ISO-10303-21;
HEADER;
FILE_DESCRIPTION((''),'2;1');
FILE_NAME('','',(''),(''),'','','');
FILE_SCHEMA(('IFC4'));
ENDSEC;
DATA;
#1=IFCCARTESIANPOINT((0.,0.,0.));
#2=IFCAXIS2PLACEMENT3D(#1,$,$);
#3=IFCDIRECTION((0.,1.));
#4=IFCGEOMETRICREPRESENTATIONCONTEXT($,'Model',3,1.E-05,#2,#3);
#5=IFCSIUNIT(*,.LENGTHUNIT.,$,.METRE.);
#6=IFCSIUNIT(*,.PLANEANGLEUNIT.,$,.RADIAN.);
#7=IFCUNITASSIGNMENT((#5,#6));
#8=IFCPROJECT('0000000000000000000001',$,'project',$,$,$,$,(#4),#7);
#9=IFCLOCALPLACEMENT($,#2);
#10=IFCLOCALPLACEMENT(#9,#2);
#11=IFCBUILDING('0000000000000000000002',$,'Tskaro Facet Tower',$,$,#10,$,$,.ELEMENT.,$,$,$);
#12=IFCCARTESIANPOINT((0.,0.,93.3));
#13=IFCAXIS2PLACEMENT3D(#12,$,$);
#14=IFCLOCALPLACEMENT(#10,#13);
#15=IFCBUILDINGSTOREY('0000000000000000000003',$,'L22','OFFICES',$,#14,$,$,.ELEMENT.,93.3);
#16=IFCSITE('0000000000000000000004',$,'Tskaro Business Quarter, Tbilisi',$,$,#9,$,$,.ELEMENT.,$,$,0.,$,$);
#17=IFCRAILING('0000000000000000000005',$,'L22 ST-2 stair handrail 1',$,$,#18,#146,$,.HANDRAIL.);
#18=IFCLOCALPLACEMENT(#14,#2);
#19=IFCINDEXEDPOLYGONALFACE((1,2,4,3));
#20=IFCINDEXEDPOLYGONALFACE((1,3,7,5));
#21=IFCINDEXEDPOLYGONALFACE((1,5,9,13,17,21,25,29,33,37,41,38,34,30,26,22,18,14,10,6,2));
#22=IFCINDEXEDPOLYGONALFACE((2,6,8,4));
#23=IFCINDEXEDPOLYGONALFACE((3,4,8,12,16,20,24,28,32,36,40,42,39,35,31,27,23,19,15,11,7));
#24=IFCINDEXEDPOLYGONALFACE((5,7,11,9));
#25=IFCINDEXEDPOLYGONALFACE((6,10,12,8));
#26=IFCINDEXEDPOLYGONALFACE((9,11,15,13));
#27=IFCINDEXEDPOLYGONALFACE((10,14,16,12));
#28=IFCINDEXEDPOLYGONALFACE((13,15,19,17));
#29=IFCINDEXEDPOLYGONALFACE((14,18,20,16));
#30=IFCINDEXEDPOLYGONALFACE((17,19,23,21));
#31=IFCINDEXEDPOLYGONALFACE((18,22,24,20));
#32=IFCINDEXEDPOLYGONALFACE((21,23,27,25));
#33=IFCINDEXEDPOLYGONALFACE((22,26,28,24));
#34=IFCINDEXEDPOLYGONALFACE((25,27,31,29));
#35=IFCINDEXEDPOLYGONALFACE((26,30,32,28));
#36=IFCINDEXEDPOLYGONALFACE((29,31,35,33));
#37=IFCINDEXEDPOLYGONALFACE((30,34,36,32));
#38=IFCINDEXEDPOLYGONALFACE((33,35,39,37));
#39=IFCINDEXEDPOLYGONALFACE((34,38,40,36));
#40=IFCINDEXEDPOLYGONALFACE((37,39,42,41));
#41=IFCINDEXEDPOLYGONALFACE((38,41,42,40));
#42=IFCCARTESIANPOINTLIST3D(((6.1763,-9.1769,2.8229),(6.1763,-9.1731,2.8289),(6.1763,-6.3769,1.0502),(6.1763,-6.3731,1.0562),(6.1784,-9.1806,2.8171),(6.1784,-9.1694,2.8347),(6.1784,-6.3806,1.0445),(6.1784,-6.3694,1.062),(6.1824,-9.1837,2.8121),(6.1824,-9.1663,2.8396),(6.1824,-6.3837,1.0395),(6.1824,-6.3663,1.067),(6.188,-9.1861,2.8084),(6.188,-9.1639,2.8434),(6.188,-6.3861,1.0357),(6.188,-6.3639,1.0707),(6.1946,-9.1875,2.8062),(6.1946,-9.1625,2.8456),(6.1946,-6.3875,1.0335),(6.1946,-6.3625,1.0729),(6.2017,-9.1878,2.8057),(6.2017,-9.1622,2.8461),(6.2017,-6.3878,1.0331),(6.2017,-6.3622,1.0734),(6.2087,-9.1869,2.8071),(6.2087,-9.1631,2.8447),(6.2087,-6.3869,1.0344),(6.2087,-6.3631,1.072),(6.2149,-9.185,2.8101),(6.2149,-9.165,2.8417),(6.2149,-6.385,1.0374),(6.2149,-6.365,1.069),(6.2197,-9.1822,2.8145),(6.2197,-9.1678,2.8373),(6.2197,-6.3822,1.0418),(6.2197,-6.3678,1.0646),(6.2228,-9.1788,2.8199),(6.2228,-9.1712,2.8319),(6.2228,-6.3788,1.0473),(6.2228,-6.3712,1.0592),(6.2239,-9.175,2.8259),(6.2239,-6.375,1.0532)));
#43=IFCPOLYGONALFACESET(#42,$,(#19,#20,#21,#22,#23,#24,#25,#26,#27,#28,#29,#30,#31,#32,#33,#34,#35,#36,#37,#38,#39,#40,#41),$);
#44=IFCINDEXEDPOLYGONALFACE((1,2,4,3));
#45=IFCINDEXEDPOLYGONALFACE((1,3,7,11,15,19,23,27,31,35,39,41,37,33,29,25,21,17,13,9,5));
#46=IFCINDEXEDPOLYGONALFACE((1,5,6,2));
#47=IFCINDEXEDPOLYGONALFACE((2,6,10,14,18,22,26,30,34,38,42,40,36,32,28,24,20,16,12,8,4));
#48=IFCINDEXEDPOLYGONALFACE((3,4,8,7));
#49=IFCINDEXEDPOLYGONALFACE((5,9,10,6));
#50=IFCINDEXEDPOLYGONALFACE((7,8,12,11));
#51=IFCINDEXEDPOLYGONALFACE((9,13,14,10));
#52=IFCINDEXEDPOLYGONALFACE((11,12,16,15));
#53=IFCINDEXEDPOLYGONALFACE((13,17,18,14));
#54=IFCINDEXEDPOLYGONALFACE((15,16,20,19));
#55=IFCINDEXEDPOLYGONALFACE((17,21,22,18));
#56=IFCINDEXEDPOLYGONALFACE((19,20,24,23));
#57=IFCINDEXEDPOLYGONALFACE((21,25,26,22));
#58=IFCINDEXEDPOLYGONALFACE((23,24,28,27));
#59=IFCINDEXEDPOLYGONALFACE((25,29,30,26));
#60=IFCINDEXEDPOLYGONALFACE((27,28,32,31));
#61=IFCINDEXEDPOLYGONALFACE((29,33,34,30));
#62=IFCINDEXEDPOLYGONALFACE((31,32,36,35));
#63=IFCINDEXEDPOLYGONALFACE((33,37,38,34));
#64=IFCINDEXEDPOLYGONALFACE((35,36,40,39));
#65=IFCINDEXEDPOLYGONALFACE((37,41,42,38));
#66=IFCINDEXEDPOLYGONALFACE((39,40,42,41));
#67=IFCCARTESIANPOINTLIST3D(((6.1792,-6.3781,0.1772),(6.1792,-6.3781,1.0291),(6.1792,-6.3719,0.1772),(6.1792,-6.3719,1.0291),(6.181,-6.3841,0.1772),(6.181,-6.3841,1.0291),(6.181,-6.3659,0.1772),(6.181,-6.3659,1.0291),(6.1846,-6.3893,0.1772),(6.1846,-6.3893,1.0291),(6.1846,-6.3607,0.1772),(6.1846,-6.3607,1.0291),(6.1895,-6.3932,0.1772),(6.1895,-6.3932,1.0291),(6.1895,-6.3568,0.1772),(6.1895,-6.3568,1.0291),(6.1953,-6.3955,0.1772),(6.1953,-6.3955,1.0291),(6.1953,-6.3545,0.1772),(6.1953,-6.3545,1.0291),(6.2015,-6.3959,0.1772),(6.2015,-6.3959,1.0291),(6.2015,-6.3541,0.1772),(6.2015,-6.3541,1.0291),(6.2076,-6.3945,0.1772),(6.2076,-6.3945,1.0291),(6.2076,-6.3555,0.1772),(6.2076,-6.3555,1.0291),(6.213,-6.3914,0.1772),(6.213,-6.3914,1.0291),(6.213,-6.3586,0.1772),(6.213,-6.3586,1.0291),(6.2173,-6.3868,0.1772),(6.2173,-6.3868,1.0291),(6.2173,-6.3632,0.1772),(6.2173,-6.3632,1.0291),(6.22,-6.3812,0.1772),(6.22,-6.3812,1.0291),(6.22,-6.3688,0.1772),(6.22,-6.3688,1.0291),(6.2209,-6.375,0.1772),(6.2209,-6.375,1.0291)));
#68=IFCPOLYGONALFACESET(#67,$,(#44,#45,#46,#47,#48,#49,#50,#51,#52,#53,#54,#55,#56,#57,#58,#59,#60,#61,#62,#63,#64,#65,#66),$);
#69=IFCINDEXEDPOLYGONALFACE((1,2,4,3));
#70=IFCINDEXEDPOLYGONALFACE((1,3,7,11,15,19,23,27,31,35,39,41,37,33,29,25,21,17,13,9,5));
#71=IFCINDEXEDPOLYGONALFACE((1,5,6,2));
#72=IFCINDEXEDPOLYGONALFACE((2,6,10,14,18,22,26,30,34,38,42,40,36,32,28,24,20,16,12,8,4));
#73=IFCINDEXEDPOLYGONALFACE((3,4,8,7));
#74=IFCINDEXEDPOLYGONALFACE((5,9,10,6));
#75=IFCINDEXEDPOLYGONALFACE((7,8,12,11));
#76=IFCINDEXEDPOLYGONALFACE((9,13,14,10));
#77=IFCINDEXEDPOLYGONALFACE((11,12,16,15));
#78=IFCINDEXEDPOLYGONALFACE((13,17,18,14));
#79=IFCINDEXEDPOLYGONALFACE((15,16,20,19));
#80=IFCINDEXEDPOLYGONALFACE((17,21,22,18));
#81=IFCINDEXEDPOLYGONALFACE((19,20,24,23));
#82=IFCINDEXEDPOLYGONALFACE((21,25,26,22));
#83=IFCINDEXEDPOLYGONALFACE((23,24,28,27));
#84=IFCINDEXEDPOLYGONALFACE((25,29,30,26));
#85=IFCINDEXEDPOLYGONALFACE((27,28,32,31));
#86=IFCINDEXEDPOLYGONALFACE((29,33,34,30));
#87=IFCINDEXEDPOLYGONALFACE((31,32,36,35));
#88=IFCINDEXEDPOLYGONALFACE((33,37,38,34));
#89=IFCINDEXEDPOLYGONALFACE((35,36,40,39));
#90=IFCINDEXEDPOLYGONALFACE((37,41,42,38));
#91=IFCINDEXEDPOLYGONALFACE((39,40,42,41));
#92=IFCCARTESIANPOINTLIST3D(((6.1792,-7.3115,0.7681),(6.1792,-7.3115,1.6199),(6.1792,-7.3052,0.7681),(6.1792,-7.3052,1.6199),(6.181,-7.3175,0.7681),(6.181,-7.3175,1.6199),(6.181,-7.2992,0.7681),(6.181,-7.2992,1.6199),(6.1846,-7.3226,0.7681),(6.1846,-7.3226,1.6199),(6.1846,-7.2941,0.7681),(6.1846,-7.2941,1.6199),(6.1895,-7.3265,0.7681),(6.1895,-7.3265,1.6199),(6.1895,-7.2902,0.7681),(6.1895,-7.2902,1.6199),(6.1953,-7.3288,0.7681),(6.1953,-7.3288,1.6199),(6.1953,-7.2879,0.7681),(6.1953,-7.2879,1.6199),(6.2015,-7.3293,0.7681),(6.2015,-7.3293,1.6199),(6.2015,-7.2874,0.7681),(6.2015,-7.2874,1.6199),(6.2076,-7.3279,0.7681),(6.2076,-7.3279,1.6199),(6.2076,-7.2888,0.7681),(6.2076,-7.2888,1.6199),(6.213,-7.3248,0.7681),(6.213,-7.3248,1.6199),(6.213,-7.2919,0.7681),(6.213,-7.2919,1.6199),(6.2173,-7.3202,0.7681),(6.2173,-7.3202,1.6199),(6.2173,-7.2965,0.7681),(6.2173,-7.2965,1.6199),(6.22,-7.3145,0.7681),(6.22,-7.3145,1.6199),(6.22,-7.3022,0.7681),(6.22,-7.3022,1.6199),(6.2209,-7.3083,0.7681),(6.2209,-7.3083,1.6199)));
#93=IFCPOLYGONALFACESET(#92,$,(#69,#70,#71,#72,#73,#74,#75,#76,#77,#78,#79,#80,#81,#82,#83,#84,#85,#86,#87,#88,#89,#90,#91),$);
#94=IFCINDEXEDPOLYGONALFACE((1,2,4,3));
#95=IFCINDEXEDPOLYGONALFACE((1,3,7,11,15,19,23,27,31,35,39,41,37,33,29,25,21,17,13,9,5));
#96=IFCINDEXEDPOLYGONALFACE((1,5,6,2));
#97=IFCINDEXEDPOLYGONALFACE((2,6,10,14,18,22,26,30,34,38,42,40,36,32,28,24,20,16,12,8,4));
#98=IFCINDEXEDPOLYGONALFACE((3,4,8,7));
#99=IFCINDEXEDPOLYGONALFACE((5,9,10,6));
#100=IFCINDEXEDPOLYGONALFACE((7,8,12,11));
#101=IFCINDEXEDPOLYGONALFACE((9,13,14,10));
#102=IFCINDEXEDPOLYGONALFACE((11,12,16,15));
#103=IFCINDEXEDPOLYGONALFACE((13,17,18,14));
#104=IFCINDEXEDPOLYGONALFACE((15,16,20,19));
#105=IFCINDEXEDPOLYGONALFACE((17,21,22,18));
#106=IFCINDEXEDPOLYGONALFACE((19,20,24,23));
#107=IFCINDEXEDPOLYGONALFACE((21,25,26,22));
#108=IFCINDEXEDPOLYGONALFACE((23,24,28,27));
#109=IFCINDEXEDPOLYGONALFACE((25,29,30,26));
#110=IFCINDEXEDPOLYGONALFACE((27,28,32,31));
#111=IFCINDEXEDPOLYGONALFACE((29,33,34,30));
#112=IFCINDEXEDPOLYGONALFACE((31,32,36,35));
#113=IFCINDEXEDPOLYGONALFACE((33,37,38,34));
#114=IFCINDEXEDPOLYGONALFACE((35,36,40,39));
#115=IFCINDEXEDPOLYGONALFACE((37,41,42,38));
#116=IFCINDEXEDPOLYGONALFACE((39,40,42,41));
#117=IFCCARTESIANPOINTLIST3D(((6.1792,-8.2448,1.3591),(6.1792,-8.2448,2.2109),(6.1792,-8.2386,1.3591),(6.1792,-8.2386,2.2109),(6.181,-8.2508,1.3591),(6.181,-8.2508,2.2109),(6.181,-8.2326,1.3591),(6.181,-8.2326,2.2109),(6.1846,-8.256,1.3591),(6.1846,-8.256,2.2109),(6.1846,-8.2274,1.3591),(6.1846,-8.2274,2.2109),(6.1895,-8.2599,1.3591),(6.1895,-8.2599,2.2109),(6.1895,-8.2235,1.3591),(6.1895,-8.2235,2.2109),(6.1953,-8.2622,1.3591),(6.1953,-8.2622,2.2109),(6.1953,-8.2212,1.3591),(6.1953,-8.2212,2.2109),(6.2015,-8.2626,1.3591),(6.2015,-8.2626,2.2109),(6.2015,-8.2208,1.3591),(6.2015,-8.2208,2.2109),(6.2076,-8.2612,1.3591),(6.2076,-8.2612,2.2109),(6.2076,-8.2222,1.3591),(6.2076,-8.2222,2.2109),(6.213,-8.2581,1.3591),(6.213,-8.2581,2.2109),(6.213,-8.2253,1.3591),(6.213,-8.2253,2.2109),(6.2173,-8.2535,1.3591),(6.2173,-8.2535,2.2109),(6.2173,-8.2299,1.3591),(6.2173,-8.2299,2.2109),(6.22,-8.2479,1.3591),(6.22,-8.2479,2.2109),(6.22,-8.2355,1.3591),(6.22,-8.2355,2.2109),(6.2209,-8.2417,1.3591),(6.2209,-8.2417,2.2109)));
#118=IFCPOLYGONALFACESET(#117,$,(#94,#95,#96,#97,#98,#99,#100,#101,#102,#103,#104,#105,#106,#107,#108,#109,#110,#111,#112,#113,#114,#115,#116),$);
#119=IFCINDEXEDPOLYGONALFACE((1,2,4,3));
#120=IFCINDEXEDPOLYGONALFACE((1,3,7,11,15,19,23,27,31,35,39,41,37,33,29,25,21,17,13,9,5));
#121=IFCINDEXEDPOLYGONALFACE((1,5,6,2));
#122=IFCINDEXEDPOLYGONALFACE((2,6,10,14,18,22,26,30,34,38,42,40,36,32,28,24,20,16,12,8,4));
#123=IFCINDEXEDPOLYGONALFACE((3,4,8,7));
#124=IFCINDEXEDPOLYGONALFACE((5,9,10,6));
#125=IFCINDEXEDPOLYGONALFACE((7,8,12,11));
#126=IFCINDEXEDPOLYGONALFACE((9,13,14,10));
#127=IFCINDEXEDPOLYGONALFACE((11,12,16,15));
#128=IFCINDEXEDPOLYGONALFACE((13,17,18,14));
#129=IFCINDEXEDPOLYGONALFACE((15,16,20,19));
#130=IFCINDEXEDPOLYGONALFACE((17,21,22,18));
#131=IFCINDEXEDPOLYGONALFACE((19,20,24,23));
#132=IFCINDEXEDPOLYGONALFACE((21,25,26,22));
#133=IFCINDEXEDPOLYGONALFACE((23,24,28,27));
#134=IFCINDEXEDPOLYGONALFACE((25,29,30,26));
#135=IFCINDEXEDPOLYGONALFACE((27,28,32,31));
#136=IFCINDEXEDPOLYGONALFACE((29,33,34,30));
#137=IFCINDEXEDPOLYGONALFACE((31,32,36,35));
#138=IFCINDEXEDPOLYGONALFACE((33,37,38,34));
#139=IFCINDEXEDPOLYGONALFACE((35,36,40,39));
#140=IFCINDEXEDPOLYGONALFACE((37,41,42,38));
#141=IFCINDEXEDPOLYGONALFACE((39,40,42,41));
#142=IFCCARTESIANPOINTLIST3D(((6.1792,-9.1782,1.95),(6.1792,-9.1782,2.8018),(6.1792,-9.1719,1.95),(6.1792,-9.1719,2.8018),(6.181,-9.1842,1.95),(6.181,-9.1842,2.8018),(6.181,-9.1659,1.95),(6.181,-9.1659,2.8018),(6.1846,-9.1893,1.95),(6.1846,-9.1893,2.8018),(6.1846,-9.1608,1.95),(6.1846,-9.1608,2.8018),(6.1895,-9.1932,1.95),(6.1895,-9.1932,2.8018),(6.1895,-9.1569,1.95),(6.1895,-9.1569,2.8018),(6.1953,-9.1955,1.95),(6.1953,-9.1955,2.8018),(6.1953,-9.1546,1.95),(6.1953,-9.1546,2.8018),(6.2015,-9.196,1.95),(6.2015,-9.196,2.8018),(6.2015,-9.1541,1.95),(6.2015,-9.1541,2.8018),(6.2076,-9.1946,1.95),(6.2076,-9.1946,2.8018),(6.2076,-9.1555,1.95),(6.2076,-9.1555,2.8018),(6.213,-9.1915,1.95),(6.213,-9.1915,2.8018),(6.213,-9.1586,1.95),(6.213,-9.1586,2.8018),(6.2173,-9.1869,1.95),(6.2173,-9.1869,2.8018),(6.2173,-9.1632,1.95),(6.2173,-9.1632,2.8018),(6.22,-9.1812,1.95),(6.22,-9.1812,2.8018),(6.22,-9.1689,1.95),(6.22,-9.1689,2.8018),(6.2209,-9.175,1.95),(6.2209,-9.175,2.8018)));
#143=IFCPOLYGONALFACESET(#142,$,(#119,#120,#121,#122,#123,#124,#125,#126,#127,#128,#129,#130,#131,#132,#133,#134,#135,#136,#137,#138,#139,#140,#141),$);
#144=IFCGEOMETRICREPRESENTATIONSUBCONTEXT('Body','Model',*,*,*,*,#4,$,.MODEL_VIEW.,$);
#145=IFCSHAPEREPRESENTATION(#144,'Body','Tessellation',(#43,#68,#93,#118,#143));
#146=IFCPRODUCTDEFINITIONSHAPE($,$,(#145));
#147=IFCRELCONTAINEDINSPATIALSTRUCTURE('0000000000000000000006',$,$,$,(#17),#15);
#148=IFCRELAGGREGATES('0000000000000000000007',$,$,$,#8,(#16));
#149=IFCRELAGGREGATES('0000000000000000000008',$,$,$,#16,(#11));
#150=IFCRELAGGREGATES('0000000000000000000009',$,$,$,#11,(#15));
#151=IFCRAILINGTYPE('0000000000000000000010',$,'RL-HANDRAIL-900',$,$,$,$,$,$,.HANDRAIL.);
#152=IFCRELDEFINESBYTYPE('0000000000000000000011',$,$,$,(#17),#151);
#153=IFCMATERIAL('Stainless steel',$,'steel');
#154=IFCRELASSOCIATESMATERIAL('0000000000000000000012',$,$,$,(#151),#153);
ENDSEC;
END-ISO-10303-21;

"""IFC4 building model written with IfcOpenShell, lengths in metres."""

from ifc_helpers import new_model, si_unit, direction, frame, origin, origin_2d, place, context, subcontext, project, spatial, circle, extrude, material, type_object, element, save


model = new_model("IFC4")

# Units and contexts
model_context = context("Model", 3, precision=1e-05, world=origin(), true_north=direction((0.0, 1.0)))
body_context = subcontext(model_context, "Body", "Model", "MODEL_VIEW")
ifc_project = project(units=[si_unit("LENGTHUNIT", "METRE"), si_unit("PLANEANGLEUNIT", "RADIAN")], contexts=[model_context])

# Site, building, storey
site_placement = place(None, origin())
site = spatial("IfcSite", under=ifc_project, at=site_placement, Name="Tskaro Business Quarter, Tbilisi", CompositionType="ELEMENT", RefElevation=0.0)
building_placement = place(site_placement, origin())
building = spatial("IfcBuilding", under=site, at=building_placement, Name="Tskaro Facet Tower", CompositionType="ELEMENT")
storey_placement = place(building_placement, frame((0.0, 0.0, 93.3)))
storey = spatial("IfcBuildingStorey", under=building, at=storey_placement, Name="L22", Description="OFFICES", CompositionType="ELEMENT", Elevation=93.3)

# Railing
ifc_material_1 = material(Name="Stainless steel", Category="steel")
railing_type_1 = type_object("IfcRailingType", Name="RL-HANDRAIL-900", PredefinedType="HANDRAIL", material=ifc_material_1)
railing_1_placement = place(storey_placement, frame((6.2, -6.375, 0.1772)))
element("IfcRailing", 1, at=railing_1_placement, inside=storey, type_object=railing_type_1, Name="L22 ST-2 stair handrail 1", PredefinedType="HANDRAIL", context=body_context, shape_type="SweptSolid", body=[
    extrude(circle(Radius=0.0239, at=origin_2d()), frame((0.0, 0.0, 0.876), z_axis=(0.0, -0.844909, 0.53491), x_axis=(1.0, 0.0, 0.0)), (0.0, 0.0, 1.0), 3.314),
    extrude(circle(Radius=0.021, at=origin_2d()), origin(), (0.0, 0.0, 1.0), 0.8518),
    extrude(circle(Radius=0.021, at=origin_2d()), frame((0.0, -0.9333, 0.5908)), (0.0, 0.0, 1.0), 0.8518),
    extrude(circle(Radius=0.021, at=origin_2d()), frame((0.0, -1.8667, 1.1819)), (0.0, 0.0, 1.0), 0.8518),
    extrude(circle(Radius=0.021, at=origin_2d()), frame((0.0, -2.8, 1.7727)), (0.0, 0.0, 1.0), 0.8518),
])

save(model, "model.ifc")
